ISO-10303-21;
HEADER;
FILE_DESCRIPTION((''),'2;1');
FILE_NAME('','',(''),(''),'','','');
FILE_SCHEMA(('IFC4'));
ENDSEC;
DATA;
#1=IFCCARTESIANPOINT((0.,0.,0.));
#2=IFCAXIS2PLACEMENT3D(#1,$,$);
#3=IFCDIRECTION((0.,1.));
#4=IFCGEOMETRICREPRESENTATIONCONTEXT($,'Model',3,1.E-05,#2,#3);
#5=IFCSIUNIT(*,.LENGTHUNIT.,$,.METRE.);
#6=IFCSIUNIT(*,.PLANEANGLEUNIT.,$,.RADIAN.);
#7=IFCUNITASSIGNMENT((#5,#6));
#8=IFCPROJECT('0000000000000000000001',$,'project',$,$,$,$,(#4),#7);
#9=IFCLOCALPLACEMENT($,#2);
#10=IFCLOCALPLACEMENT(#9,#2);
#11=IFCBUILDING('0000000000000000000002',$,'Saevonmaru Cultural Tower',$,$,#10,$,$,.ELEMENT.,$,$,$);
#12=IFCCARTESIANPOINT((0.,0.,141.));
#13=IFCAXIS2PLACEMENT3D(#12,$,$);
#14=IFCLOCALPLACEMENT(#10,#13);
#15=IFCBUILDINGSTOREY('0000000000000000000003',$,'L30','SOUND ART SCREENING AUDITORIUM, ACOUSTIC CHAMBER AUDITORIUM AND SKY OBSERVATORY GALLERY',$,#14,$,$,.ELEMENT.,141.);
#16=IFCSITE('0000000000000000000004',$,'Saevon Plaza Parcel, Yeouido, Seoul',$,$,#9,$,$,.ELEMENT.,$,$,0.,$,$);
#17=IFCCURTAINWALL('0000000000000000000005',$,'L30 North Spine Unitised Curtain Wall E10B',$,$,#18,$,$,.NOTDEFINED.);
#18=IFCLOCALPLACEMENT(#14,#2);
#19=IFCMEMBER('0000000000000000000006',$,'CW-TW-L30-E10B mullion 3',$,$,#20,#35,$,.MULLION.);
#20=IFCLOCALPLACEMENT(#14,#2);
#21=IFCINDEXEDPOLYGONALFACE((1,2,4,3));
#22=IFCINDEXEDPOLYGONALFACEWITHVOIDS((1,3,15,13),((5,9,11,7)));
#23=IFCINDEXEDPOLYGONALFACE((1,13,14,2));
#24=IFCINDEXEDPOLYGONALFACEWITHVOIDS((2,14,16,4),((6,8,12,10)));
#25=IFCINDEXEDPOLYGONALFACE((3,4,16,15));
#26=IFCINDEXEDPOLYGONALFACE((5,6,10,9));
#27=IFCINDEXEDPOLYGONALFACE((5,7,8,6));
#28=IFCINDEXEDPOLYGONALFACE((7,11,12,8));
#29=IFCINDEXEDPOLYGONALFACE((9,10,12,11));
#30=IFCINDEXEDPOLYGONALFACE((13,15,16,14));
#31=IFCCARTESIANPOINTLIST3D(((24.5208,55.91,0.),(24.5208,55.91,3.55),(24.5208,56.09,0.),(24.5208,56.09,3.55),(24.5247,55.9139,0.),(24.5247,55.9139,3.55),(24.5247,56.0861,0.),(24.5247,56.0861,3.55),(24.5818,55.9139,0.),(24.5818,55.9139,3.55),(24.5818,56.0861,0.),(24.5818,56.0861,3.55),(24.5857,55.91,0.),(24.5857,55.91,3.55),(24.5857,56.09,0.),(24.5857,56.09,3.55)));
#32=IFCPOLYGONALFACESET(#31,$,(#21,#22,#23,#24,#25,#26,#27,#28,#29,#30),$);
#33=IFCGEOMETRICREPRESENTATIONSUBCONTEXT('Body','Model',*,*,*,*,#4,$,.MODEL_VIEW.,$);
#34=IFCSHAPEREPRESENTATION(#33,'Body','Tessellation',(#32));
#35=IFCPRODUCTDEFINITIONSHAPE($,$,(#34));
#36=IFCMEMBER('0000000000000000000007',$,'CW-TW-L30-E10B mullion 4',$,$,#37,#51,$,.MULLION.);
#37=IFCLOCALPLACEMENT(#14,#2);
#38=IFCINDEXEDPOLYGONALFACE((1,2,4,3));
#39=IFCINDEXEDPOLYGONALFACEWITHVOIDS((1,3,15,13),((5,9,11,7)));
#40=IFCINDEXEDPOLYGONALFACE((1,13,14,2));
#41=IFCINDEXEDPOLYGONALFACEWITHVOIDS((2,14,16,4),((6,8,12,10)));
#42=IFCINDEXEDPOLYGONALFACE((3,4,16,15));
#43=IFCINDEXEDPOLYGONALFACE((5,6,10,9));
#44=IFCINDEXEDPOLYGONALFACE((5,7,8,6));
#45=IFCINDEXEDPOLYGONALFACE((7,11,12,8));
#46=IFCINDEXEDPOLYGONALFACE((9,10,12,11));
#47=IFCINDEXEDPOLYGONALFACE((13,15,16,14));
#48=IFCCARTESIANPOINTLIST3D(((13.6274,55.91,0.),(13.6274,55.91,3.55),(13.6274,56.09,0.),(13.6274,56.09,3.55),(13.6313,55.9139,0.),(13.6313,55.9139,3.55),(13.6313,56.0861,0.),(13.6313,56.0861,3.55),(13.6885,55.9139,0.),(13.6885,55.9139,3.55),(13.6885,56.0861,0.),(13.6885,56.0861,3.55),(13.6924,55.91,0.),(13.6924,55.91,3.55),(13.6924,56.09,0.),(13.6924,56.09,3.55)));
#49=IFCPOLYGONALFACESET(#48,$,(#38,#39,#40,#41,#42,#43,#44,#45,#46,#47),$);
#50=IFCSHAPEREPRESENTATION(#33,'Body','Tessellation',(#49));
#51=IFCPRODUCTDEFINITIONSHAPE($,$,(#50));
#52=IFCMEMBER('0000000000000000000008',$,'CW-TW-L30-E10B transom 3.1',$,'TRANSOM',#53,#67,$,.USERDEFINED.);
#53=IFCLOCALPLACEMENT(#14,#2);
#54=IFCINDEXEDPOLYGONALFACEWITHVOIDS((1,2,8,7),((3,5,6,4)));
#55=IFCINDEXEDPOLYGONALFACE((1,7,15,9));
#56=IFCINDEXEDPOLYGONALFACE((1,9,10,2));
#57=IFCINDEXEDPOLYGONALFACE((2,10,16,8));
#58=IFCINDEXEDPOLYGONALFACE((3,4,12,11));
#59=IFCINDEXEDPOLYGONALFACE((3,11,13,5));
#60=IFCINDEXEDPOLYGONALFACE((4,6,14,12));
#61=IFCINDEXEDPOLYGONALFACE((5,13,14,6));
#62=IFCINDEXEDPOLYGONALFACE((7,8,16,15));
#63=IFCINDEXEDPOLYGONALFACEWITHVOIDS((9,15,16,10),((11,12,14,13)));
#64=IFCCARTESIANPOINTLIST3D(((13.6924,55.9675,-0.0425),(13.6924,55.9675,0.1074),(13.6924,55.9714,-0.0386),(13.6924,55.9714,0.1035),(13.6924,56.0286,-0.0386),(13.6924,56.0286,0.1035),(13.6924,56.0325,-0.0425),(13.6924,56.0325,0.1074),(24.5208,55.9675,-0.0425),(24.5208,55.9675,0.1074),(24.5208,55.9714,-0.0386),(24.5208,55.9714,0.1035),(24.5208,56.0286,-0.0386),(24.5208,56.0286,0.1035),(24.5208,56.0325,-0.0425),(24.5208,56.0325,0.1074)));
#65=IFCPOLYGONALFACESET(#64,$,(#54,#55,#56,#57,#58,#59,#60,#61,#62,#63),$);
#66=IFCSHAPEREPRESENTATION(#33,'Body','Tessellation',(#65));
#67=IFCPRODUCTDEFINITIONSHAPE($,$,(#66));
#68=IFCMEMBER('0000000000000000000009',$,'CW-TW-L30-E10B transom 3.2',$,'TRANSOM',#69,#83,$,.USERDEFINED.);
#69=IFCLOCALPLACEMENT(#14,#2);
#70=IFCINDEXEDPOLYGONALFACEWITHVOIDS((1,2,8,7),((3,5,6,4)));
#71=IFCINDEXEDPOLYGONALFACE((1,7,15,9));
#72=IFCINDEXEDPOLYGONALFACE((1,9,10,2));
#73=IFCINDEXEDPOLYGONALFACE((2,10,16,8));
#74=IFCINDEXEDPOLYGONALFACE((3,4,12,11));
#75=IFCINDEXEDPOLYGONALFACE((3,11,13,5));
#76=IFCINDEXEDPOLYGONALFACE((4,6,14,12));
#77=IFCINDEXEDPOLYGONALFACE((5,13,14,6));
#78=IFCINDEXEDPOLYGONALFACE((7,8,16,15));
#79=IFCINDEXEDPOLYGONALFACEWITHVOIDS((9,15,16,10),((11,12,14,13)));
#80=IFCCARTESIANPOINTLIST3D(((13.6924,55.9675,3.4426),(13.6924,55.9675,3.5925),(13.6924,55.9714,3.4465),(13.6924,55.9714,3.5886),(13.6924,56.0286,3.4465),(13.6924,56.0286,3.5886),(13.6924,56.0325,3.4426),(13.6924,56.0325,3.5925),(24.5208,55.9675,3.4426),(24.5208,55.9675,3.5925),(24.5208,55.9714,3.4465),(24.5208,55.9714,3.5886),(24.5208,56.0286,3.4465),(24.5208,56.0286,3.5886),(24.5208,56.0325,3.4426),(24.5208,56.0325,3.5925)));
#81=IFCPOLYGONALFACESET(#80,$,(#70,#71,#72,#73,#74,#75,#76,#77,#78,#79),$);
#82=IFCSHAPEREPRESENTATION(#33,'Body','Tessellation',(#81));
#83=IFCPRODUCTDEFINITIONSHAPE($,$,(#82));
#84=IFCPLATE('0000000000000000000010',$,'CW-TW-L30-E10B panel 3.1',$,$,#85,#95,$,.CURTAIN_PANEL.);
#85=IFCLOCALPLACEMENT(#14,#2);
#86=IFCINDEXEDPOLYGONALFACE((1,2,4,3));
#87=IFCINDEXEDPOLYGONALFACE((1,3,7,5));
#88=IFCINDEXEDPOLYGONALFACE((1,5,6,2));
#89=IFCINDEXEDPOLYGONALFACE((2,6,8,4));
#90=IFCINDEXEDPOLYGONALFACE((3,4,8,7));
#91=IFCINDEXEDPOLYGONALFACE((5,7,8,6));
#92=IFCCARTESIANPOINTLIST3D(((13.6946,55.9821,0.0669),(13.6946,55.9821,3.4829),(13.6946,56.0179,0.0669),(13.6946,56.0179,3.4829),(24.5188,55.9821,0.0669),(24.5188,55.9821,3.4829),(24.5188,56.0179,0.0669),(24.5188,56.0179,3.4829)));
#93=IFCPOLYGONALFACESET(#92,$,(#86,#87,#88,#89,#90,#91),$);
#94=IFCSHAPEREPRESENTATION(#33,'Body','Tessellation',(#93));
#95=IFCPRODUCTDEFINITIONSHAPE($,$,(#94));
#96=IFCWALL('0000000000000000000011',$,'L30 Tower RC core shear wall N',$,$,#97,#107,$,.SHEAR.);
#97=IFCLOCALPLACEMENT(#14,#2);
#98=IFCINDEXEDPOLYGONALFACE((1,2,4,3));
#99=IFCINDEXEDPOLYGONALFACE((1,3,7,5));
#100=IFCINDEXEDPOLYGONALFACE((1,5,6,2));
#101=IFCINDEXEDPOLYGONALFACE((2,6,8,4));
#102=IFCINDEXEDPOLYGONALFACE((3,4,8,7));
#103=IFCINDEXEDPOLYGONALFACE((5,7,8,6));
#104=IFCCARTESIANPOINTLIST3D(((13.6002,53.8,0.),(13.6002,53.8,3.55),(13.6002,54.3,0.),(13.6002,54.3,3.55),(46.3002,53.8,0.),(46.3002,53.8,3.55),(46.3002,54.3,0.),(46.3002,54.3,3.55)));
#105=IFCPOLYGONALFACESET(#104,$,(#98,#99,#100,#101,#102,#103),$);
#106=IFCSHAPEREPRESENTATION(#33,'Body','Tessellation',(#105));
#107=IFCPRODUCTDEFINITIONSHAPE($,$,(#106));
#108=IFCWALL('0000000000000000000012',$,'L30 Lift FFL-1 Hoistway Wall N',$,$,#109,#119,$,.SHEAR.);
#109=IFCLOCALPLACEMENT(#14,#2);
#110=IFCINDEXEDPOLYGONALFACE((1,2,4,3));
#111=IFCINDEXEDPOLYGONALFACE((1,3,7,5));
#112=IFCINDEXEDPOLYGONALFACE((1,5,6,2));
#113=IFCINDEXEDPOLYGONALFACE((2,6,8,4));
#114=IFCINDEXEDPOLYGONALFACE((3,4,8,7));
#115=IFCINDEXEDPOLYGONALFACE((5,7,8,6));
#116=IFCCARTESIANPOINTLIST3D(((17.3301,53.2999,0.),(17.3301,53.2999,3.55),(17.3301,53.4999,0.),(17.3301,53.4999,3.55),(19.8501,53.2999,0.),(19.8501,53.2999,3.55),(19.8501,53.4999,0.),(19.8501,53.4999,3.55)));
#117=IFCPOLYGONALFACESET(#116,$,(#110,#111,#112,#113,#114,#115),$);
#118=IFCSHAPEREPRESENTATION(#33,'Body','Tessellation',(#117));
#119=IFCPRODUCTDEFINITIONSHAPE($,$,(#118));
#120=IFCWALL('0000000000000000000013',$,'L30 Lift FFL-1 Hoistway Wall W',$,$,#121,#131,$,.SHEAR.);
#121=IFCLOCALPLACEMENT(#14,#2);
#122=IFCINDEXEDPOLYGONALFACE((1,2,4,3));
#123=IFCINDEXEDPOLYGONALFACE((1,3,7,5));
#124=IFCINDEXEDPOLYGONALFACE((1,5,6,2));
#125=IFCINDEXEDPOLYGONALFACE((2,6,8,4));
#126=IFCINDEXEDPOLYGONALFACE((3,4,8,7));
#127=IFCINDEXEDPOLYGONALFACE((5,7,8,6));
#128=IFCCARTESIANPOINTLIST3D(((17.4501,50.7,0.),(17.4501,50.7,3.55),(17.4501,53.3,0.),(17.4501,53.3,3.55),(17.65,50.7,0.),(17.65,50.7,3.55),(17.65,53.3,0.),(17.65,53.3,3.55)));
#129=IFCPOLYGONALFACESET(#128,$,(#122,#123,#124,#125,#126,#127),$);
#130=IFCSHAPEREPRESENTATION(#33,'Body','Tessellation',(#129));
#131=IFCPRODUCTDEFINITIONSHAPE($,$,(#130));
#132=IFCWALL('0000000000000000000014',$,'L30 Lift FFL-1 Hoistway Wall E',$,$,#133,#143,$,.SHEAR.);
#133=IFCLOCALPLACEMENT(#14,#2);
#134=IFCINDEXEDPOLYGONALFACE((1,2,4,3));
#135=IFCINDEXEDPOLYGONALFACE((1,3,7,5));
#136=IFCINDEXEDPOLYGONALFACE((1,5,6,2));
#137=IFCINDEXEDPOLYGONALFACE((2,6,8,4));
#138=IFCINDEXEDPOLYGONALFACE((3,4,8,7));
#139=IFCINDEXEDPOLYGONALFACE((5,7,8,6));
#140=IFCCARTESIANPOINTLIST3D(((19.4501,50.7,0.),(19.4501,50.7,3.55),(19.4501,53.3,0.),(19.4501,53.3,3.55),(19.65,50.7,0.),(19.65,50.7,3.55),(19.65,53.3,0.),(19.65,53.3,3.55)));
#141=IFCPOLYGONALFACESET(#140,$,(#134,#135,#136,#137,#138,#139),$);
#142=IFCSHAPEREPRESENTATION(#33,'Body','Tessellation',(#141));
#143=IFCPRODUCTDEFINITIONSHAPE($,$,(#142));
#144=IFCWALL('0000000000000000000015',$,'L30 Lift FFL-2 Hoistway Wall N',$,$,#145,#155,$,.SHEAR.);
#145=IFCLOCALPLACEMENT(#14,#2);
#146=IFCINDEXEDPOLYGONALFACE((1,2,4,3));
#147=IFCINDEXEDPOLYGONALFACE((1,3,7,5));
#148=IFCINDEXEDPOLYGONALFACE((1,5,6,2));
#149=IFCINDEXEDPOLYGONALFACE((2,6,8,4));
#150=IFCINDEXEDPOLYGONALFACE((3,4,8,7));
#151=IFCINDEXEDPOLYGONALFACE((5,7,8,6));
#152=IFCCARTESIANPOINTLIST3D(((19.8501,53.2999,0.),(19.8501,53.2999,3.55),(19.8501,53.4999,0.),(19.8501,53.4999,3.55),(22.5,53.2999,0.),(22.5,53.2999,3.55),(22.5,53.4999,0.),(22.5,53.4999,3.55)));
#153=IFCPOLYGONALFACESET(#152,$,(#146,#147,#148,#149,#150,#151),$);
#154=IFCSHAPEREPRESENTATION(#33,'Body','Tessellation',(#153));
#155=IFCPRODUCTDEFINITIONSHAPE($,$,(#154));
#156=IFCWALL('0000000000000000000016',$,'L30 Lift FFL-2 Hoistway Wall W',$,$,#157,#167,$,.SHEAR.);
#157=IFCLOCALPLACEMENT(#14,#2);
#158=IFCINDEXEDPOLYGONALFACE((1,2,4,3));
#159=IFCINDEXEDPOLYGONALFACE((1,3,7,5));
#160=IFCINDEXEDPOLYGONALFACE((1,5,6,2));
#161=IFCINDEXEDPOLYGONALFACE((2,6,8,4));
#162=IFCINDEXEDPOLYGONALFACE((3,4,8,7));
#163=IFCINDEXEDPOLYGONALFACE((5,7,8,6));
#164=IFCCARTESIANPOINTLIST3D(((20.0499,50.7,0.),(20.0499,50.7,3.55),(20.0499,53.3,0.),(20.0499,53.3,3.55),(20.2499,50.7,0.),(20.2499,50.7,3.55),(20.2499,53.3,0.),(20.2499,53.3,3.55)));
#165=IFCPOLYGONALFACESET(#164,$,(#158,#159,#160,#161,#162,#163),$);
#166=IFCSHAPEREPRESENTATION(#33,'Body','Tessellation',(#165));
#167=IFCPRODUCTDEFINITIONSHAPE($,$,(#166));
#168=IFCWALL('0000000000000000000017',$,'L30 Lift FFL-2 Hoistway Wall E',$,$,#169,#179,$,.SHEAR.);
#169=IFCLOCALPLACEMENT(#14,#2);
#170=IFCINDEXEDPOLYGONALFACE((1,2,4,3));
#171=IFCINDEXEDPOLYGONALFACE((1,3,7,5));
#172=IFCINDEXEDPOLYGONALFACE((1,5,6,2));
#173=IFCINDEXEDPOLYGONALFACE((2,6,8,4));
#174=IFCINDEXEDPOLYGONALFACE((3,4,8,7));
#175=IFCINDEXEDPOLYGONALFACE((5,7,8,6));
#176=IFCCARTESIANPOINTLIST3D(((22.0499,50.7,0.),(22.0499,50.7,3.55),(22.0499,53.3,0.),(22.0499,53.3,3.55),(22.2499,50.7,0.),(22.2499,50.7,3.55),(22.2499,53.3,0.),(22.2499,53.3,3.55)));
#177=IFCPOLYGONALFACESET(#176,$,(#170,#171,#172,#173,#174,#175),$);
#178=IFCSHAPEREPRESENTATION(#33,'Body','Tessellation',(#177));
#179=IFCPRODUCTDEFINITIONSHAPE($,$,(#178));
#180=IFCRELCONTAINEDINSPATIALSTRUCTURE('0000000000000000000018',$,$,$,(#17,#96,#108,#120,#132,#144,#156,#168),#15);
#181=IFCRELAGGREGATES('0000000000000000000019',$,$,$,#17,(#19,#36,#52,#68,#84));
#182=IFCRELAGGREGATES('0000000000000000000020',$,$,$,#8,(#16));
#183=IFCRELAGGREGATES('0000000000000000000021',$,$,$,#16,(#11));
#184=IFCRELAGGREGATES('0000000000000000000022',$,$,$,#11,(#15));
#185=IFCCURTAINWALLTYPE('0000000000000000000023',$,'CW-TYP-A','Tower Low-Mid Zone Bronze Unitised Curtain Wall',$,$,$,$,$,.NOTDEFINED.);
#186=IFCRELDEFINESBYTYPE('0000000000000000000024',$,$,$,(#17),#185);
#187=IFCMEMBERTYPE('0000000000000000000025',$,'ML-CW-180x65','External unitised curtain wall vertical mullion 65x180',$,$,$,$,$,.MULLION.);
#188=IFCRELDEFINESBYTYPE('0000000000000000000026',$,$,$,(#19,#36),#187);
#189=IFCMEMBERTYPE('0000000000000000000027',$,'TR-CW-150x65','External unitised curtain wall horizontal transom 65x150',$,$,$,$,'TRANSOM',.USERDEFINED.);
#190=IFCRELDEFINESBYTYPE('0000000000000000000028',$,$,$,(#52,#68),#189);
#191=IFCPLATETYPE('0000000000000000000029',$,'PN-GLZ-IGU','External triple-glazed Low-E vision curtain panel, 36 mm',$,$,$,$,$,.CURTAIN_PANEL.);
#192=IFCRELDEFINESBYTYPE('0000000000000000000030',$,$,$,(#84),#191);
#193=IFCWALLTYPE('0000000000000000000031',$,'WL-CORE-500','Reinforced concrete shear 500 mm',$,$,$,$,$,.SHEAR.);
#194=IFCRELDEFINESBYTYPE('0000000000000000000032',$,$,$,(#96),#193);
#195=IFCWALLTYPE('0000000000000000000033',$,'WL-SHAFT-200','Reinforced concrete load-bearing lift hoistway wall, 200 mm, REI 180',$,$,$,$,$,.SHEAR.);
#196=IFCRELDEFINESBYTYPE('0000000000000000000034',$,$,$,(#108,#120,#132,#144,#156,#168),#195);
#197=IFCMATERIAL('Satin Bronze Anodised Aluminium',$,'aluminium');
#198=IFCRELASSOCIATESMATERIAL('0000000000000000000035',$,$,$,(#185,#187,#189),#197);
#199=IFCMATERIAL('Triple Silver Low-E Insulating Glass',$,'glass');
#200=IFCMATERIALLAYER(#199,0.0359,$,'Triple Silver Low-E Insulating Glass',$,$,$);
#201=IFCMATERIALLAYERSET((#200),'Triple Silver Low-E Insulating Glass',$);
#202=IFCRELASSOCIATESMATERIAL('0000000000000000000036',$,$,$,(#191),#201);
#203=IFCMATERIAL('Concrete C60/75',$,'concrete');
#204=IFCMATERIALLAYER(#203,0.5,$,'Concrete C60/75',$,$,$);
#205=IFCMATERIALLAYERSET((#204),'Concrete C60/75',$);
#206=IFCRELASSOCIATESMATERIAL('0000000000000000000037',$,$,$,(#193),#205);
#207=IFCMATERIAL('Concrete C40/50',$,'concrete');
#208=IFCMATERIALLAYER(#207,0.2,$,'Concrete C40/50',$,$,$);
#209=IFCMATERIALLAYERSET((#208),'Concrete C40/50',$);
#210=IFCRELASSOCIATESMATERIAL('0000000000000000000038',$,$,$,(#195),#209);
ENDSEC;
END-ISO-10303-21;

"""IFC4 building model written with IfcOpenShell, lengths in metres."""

from ifc_helpers import new_model, si_unit, direction, frame, frame_2d, origin, origin_2d, place, context, subcontext, project, spatial, rectangle, hollow_rectangle, extrude, material, layer, layer_set, material_profile, profile_set, type_object, element, aggregate, save


model = new_model("IFC4")

# Units and contexts
model_context = context("Model", 3, precision=1e-05, world=origin(), true_north=direction((0.0, 1.0)))
body_context = subcontext(model_context, "Body", "Model", "MODEL_VIEW")
ifc_project = project(units=[si_unit("LENGTHUNIT", "METRE"), si_unit("PLANEANGLEUNIT", "RADIAN")], contexts=[model_context])

# Site, building, storey
site_placement = place(None, origin())
site = spatial("IfcSite", under=ifc_project, at=site_placement, Name="Saevon Plaza Parcel, Yeouido, Seoul", CompositionType="ELEMENT", RefElevation=0.0)
building_placement = place(site_placement, origin())
building = spatial("IfcBuilding", under=site, at=building_placement, Name="Saevonmaru Cultural Tower", CompositionType="ELEMENT")
storey_placement = place(building_placement, frame((0.0, 0.0, 141.0)))
storey = spatial("IfcBuildingStorey", under=building, at=storey_placement, Name="L30", Description="SOUND ART SCREENING AUDITORIUM, ACOUSTIC CHAMBER AUDITORIUM AND SKY OBSERVATORY GALLERY", CompositionType="ELEMENT", Elevation=141.0)

# Curtain wall, members, plate
ifc_material_1 = material(Name="Satin Bronze Anodised Aluminium", Category="aluminium")
curtain_wall_type = type_object("IfcCurtainWallType", Name="CW-TYP-A", Description="Tower Low-Mid Zone Bronze Unitised Curtain Wall", PredefinedType="NOTDEFINED", material=ifc_material_1)
curtain_wall_placement = place(storey_placement, origin())
curtain_wall = element("IfcCurtainWall", 1, at=curtain_wall_placement, inside=storey, type_object=curtain_wall_type, Name="L30 North Spine Unitised Curtain Wall E10B", PredefinedType="NOTDEFINED")
ifc_material_profile_1 = material_profile(ifc_material_1, hollow_rectangle(XDim=0.0649, YDim=0.1799, WallThickness=0.0039, at=origin_2d()), Name="ALU-MULL-180x65x4")
ifc_profile_set_1 = profile_set([ifc_material_profile_1], Name="Satin Bronze Anodised Aluminium")
member_type_1 = type_object("IfcMemberType", Name="ML-CW-180x65", Description="External unitised curtain wall vertical mullion 65x180", PredefinedType="MULLION", material=ifc_profile_set_1)
member_1_placement = place(storey_placement, frame((24.5532, 56.0, 0.0), z_axis=(0.0, 0.0, 1.0), x_axis=(-1.0, 0.0, 0.0)))
member_1 = element("IfcMember", 2, at=member_1_placement, type_object=member_type_1, Name="CW-TW-L30-E10B mullion 3", PredefinedType="MULLION", context=body_context, shape_type="SweptSolid", body=[
    extrude(hollow_rectangle(XDim=0.0649, YDim=0.1799, WallThickness=0.0039, at=origin_2d()), origin(), (0.0, 0.0, 1.0), 3.55),
])
member_2_placement = place(storey_placement, frame((13.6599, 56.0, 0.0), z_axis=(0.0, 0.0, 1.0), x_axis=(-1.0, 0.0, 0.0)))
member_2 = element("IfcMember", 3, at=member_2_placement, type_object=member_type_1, Name="CW-TW-L30-E10B mullion 4", PredefinedType="MULLION", context=body_context, shape_type="SweptSolid", body=[
    extrude(hollow_rectangle(XDim=0.0649, YDim=0.1799, WallThickness=0.0039, at=origin_2d()), origin(), (0.0, 0.0, 1.0), 3.55),
])
ifc_material_profile_2 = material_profile(ifc_material_1, hollow_rectangle(XDim=0.0649, YDim=0.1499, WallThickness=0.0039, at=origin_2d()), Name="ALU-TRAN-150x65x4")
ifc_profile_set_2 = profile_set([ifc_material_profile_2], Name="Satin Bronze Anodised Aluminium")
member_type_2 = type_object("IfcMemberType", Name="TR-CW-150x65", Description="External unitised curtain wall horizontal transom 65x150", ElementType="TRANSOM", PredefinedType="USERDEFINED", material=ifc_profile_set_2)
member_3_placement = place(storey_placement, frame((24.5208, 56.0, 0.0325), z_axis=(-1.0, 0.0, 0.0), x_axis=(0.0, -1.0, 0.0)))
member_3 = element("IfcMember", 4, at=member_3_placement, type_object=member_type_2, Name="CW-TW-L30-E10B transom 3.1", ObjectType="TRANSOM", PredefinedType="USERDEFINED", context=body_context, shape_type="SweptSolid", body=[
    extrude(hollow_rectangle(XDim=0.0649, YDim=0.1499, WallThickness=0.0039, at=origin_2d()), origin(), (0.0, 0.0, 1.0), 10.8284),
])
member_4_placement = place(storey_placement, frame((24.5208, 56.0, 3.5176), z_axis=(-1.0, 0.0, 0.0), x_axis=(0.0, -1.0, 0.0)))
member_4 = element("IfcMember", 5, at=member_4_placement, type_object=member_type_2, Name="CW-TW-L30-E10B transom 3.2", ObjectType="TRANSOM", PredefinedType="USERDEFINED", context=body_context, shape_type="SweptSolid", body=[
    extrude(hollow_rectangle(XDim=0.0649, YDim=0.1499, WallThickness=0.0039, at=origin_2d()), origin(), (0.0, 0.0, 1.0), 10.8284),
])
ifc_material_2 = material(Name="Triple Silver Low-E Insulating Glass", Category="glass")
ifc_layer_1 = layer(ifc_material_2, 0.0359, Name="Triple Silver Low-E Insulating Glass")
ifc_layer_set_1 = layer_set([ifc_layer_1], Name="Triple Silver Low-E Insulating Glass")
plate_type = type_object("IfcPlateType", Name="PN-GLZ-IGU", Description="External triple-glazed Low-E vision curtain panel, 36 mm", PredefinedType="CURTAIN_PANEL", material=ifc_layer_set_1)
plate_placement = place(storey_placement, frame((19.1067, 56.0, 0.0669), z_axis=(0.0, 0.0, 1.0), x_axis=(-1.0, 0.0, 0.0)))
plate = element("IfcPlate", 6, at=plate_placement, type_object=plate_type, Name="CW-TW-L30-E10B panel 3.1", PredefinedType="CURTAIN_PANEL", context=body_context, shape_type="SweptSolid", body=[
    extrude(rectangle(XDim=10.8242, YDim=0.0359, at=origin_2d()), origin(), (0.0, 0.0, 1.0), 3.416),
])
aggregate(curtain_wall, [member_1, member_2, member_3, member_4, plate])

# Walls
ifc_material_3 = material(Name="Concrete C60/75", Category="concrete")
ifc_layer_2 = layer(ifc_material_3, 0.5, Name="Concrete C60/75")
ifc_layer_set_2 = layer_set([ifc_layer_2], Name="Concrete C60/75")
wall_type_1 = type_object("IfcWallType", Name="WL-CORE-500", Description="Reinforced concrete shear 500 mm", PredefinedType="SHEAR", material=ifc_layer_set_2)
wall_1_placement = place(storey_placement, frame((13.6001, 54.05, 0.0), z_axis=(0.0, 0.0, 1.0), x_axis=(1.0, 0.0, 0.0)))
element("IfcWall", 7, at=wall_1_placement, inside=storey, type_object=wall_type_1, Name="L30 Tower RC core shear wall N", PredefinedType="SHEAR", context=body_context, shape_type="SweptSolid", body=[
    extrude(rectangle(XDim=32.7, YDim=0.5, at=frame_2d((16.3501, 0.0))), origin(), (0.0, 0.0, 1.0), 3.55),
])
ifc_material_4 = material(Name="Concrete C40/50", Category="concrete")
ifc_layer_3 = layer(ifc_material_4, 0.2, Name="Concrete C40/50")
ifc_layer_set_3 = layer_set([ifc_layer_3], Name="Concrete C40/50")
wall_type_2 = type_object("IfcWallType", Name="WL-SHAFT-200", Description="Reinforced concrete load-bearing lift hoistway wall, 200 mm, REI 180", PredefinedType="SHEAR", material=ifc_layer_set_3)
wall_2_placement = place(storey_placement, frame((17.3301, 53.3999, 0.0), z_axis=(0.0, 0.0, 1.0), x_axis=(1.0, 0.0, 0.0)))
element("IfcWall", 8, at=wall_2_placement, inside=storey, type_object=wall_type_2, Name="L30 Lift FFL-1 Hoistway Wall N", PredefinedType="SHEAR", context=body_context, shape_type="SweptSolid", body=[
    extrude(rectangle(XDim=2.52, YDim=0.2, at=frame_2d((1.26, 0.0))), origin(), (0.0, 0.0, 1.0), 3.55),
])
for number, where, z_axis, x_axis, name in (
    (9, (17.55, 50.7, 0.0), (0.0, 0.0, 1.0), (0.0, 1.0, 0.0), "L30 Lift FFL-1 Hoistway Wall W"),
    (10, (19.55, 50.7, 0.0), (0.0, 0.0, 1.0), (0.0, 1.0, 0.0), "L30 Lift FFL-1 Hoistway Wall E"),
):
    element("IfcWall", number, at=place(storey_placement, frame(where, z_axis=z_axis, x_axis=x_axis)), inside=storey, type_object=wall_type_2, Name=name, PredefinedType="SHEAR", context=body_context, shape_type="SweptSolid", body=[
        extrude(rectangle(XDim=2.6001, YDim=0.2, at=frame_2d((1.3, 0.0))), origin(), (0.0, 0.0, 1.0), 3.55),
    ])
wall_3_placement = place(storey_placement, frame((19.8501, 53.3999, 0.0), z_axis=(0.0, 0.0, 1.0), x_axis=(1.0, 0.0, 0.0)))
element("IfcWall", 11, at=wall_3_placement, inside=storey, type_object=wall_type_2, Name="L30 Lift FFL-2 Hoistway Wall N", PredefinedType="SHEAR", context=body_context, shape_type="SweptSolid", body=[
    extrude(rectangle(XDim=2.6499, YDim=0.2, at=frame_2d((1.325, 0.0))), origin(), (0.0, 0.0, 1.0), 3.55),
])
for number, where, z_axis, x_axis, name in (
    (12, (20.1499, 50.7, 0.0), (0.0, 0.0, 1.0), (0.0, 1.0, 0.0), "L30 Lift FFL-2 Hoistway Wall W"),
    (13, (22.1499, 50.7, 0.0), (0.0, 0.0, 1.0), (0.0, 1.0, 0.0), "L30 Lift FFL-2 Hoistway Wall E"),
):
    element("IfcWall", number, at=place(storey_placement, frame(where, z_axis=z_axis, x_axis=x_axis)), inside=storey, type_object=wall_type_2, Name=name, PredefinedType="SHEAR", context=body_context, shape_type="SweptSolid", body=[
        extrude(rectangle(XDim=2.6001, YDim=0.2, at=frame_2d((1.3, 0.0))), origin(), (0.0, 0.0, 1.0), 3.55),
    ])

save(model, "model.ifc")
